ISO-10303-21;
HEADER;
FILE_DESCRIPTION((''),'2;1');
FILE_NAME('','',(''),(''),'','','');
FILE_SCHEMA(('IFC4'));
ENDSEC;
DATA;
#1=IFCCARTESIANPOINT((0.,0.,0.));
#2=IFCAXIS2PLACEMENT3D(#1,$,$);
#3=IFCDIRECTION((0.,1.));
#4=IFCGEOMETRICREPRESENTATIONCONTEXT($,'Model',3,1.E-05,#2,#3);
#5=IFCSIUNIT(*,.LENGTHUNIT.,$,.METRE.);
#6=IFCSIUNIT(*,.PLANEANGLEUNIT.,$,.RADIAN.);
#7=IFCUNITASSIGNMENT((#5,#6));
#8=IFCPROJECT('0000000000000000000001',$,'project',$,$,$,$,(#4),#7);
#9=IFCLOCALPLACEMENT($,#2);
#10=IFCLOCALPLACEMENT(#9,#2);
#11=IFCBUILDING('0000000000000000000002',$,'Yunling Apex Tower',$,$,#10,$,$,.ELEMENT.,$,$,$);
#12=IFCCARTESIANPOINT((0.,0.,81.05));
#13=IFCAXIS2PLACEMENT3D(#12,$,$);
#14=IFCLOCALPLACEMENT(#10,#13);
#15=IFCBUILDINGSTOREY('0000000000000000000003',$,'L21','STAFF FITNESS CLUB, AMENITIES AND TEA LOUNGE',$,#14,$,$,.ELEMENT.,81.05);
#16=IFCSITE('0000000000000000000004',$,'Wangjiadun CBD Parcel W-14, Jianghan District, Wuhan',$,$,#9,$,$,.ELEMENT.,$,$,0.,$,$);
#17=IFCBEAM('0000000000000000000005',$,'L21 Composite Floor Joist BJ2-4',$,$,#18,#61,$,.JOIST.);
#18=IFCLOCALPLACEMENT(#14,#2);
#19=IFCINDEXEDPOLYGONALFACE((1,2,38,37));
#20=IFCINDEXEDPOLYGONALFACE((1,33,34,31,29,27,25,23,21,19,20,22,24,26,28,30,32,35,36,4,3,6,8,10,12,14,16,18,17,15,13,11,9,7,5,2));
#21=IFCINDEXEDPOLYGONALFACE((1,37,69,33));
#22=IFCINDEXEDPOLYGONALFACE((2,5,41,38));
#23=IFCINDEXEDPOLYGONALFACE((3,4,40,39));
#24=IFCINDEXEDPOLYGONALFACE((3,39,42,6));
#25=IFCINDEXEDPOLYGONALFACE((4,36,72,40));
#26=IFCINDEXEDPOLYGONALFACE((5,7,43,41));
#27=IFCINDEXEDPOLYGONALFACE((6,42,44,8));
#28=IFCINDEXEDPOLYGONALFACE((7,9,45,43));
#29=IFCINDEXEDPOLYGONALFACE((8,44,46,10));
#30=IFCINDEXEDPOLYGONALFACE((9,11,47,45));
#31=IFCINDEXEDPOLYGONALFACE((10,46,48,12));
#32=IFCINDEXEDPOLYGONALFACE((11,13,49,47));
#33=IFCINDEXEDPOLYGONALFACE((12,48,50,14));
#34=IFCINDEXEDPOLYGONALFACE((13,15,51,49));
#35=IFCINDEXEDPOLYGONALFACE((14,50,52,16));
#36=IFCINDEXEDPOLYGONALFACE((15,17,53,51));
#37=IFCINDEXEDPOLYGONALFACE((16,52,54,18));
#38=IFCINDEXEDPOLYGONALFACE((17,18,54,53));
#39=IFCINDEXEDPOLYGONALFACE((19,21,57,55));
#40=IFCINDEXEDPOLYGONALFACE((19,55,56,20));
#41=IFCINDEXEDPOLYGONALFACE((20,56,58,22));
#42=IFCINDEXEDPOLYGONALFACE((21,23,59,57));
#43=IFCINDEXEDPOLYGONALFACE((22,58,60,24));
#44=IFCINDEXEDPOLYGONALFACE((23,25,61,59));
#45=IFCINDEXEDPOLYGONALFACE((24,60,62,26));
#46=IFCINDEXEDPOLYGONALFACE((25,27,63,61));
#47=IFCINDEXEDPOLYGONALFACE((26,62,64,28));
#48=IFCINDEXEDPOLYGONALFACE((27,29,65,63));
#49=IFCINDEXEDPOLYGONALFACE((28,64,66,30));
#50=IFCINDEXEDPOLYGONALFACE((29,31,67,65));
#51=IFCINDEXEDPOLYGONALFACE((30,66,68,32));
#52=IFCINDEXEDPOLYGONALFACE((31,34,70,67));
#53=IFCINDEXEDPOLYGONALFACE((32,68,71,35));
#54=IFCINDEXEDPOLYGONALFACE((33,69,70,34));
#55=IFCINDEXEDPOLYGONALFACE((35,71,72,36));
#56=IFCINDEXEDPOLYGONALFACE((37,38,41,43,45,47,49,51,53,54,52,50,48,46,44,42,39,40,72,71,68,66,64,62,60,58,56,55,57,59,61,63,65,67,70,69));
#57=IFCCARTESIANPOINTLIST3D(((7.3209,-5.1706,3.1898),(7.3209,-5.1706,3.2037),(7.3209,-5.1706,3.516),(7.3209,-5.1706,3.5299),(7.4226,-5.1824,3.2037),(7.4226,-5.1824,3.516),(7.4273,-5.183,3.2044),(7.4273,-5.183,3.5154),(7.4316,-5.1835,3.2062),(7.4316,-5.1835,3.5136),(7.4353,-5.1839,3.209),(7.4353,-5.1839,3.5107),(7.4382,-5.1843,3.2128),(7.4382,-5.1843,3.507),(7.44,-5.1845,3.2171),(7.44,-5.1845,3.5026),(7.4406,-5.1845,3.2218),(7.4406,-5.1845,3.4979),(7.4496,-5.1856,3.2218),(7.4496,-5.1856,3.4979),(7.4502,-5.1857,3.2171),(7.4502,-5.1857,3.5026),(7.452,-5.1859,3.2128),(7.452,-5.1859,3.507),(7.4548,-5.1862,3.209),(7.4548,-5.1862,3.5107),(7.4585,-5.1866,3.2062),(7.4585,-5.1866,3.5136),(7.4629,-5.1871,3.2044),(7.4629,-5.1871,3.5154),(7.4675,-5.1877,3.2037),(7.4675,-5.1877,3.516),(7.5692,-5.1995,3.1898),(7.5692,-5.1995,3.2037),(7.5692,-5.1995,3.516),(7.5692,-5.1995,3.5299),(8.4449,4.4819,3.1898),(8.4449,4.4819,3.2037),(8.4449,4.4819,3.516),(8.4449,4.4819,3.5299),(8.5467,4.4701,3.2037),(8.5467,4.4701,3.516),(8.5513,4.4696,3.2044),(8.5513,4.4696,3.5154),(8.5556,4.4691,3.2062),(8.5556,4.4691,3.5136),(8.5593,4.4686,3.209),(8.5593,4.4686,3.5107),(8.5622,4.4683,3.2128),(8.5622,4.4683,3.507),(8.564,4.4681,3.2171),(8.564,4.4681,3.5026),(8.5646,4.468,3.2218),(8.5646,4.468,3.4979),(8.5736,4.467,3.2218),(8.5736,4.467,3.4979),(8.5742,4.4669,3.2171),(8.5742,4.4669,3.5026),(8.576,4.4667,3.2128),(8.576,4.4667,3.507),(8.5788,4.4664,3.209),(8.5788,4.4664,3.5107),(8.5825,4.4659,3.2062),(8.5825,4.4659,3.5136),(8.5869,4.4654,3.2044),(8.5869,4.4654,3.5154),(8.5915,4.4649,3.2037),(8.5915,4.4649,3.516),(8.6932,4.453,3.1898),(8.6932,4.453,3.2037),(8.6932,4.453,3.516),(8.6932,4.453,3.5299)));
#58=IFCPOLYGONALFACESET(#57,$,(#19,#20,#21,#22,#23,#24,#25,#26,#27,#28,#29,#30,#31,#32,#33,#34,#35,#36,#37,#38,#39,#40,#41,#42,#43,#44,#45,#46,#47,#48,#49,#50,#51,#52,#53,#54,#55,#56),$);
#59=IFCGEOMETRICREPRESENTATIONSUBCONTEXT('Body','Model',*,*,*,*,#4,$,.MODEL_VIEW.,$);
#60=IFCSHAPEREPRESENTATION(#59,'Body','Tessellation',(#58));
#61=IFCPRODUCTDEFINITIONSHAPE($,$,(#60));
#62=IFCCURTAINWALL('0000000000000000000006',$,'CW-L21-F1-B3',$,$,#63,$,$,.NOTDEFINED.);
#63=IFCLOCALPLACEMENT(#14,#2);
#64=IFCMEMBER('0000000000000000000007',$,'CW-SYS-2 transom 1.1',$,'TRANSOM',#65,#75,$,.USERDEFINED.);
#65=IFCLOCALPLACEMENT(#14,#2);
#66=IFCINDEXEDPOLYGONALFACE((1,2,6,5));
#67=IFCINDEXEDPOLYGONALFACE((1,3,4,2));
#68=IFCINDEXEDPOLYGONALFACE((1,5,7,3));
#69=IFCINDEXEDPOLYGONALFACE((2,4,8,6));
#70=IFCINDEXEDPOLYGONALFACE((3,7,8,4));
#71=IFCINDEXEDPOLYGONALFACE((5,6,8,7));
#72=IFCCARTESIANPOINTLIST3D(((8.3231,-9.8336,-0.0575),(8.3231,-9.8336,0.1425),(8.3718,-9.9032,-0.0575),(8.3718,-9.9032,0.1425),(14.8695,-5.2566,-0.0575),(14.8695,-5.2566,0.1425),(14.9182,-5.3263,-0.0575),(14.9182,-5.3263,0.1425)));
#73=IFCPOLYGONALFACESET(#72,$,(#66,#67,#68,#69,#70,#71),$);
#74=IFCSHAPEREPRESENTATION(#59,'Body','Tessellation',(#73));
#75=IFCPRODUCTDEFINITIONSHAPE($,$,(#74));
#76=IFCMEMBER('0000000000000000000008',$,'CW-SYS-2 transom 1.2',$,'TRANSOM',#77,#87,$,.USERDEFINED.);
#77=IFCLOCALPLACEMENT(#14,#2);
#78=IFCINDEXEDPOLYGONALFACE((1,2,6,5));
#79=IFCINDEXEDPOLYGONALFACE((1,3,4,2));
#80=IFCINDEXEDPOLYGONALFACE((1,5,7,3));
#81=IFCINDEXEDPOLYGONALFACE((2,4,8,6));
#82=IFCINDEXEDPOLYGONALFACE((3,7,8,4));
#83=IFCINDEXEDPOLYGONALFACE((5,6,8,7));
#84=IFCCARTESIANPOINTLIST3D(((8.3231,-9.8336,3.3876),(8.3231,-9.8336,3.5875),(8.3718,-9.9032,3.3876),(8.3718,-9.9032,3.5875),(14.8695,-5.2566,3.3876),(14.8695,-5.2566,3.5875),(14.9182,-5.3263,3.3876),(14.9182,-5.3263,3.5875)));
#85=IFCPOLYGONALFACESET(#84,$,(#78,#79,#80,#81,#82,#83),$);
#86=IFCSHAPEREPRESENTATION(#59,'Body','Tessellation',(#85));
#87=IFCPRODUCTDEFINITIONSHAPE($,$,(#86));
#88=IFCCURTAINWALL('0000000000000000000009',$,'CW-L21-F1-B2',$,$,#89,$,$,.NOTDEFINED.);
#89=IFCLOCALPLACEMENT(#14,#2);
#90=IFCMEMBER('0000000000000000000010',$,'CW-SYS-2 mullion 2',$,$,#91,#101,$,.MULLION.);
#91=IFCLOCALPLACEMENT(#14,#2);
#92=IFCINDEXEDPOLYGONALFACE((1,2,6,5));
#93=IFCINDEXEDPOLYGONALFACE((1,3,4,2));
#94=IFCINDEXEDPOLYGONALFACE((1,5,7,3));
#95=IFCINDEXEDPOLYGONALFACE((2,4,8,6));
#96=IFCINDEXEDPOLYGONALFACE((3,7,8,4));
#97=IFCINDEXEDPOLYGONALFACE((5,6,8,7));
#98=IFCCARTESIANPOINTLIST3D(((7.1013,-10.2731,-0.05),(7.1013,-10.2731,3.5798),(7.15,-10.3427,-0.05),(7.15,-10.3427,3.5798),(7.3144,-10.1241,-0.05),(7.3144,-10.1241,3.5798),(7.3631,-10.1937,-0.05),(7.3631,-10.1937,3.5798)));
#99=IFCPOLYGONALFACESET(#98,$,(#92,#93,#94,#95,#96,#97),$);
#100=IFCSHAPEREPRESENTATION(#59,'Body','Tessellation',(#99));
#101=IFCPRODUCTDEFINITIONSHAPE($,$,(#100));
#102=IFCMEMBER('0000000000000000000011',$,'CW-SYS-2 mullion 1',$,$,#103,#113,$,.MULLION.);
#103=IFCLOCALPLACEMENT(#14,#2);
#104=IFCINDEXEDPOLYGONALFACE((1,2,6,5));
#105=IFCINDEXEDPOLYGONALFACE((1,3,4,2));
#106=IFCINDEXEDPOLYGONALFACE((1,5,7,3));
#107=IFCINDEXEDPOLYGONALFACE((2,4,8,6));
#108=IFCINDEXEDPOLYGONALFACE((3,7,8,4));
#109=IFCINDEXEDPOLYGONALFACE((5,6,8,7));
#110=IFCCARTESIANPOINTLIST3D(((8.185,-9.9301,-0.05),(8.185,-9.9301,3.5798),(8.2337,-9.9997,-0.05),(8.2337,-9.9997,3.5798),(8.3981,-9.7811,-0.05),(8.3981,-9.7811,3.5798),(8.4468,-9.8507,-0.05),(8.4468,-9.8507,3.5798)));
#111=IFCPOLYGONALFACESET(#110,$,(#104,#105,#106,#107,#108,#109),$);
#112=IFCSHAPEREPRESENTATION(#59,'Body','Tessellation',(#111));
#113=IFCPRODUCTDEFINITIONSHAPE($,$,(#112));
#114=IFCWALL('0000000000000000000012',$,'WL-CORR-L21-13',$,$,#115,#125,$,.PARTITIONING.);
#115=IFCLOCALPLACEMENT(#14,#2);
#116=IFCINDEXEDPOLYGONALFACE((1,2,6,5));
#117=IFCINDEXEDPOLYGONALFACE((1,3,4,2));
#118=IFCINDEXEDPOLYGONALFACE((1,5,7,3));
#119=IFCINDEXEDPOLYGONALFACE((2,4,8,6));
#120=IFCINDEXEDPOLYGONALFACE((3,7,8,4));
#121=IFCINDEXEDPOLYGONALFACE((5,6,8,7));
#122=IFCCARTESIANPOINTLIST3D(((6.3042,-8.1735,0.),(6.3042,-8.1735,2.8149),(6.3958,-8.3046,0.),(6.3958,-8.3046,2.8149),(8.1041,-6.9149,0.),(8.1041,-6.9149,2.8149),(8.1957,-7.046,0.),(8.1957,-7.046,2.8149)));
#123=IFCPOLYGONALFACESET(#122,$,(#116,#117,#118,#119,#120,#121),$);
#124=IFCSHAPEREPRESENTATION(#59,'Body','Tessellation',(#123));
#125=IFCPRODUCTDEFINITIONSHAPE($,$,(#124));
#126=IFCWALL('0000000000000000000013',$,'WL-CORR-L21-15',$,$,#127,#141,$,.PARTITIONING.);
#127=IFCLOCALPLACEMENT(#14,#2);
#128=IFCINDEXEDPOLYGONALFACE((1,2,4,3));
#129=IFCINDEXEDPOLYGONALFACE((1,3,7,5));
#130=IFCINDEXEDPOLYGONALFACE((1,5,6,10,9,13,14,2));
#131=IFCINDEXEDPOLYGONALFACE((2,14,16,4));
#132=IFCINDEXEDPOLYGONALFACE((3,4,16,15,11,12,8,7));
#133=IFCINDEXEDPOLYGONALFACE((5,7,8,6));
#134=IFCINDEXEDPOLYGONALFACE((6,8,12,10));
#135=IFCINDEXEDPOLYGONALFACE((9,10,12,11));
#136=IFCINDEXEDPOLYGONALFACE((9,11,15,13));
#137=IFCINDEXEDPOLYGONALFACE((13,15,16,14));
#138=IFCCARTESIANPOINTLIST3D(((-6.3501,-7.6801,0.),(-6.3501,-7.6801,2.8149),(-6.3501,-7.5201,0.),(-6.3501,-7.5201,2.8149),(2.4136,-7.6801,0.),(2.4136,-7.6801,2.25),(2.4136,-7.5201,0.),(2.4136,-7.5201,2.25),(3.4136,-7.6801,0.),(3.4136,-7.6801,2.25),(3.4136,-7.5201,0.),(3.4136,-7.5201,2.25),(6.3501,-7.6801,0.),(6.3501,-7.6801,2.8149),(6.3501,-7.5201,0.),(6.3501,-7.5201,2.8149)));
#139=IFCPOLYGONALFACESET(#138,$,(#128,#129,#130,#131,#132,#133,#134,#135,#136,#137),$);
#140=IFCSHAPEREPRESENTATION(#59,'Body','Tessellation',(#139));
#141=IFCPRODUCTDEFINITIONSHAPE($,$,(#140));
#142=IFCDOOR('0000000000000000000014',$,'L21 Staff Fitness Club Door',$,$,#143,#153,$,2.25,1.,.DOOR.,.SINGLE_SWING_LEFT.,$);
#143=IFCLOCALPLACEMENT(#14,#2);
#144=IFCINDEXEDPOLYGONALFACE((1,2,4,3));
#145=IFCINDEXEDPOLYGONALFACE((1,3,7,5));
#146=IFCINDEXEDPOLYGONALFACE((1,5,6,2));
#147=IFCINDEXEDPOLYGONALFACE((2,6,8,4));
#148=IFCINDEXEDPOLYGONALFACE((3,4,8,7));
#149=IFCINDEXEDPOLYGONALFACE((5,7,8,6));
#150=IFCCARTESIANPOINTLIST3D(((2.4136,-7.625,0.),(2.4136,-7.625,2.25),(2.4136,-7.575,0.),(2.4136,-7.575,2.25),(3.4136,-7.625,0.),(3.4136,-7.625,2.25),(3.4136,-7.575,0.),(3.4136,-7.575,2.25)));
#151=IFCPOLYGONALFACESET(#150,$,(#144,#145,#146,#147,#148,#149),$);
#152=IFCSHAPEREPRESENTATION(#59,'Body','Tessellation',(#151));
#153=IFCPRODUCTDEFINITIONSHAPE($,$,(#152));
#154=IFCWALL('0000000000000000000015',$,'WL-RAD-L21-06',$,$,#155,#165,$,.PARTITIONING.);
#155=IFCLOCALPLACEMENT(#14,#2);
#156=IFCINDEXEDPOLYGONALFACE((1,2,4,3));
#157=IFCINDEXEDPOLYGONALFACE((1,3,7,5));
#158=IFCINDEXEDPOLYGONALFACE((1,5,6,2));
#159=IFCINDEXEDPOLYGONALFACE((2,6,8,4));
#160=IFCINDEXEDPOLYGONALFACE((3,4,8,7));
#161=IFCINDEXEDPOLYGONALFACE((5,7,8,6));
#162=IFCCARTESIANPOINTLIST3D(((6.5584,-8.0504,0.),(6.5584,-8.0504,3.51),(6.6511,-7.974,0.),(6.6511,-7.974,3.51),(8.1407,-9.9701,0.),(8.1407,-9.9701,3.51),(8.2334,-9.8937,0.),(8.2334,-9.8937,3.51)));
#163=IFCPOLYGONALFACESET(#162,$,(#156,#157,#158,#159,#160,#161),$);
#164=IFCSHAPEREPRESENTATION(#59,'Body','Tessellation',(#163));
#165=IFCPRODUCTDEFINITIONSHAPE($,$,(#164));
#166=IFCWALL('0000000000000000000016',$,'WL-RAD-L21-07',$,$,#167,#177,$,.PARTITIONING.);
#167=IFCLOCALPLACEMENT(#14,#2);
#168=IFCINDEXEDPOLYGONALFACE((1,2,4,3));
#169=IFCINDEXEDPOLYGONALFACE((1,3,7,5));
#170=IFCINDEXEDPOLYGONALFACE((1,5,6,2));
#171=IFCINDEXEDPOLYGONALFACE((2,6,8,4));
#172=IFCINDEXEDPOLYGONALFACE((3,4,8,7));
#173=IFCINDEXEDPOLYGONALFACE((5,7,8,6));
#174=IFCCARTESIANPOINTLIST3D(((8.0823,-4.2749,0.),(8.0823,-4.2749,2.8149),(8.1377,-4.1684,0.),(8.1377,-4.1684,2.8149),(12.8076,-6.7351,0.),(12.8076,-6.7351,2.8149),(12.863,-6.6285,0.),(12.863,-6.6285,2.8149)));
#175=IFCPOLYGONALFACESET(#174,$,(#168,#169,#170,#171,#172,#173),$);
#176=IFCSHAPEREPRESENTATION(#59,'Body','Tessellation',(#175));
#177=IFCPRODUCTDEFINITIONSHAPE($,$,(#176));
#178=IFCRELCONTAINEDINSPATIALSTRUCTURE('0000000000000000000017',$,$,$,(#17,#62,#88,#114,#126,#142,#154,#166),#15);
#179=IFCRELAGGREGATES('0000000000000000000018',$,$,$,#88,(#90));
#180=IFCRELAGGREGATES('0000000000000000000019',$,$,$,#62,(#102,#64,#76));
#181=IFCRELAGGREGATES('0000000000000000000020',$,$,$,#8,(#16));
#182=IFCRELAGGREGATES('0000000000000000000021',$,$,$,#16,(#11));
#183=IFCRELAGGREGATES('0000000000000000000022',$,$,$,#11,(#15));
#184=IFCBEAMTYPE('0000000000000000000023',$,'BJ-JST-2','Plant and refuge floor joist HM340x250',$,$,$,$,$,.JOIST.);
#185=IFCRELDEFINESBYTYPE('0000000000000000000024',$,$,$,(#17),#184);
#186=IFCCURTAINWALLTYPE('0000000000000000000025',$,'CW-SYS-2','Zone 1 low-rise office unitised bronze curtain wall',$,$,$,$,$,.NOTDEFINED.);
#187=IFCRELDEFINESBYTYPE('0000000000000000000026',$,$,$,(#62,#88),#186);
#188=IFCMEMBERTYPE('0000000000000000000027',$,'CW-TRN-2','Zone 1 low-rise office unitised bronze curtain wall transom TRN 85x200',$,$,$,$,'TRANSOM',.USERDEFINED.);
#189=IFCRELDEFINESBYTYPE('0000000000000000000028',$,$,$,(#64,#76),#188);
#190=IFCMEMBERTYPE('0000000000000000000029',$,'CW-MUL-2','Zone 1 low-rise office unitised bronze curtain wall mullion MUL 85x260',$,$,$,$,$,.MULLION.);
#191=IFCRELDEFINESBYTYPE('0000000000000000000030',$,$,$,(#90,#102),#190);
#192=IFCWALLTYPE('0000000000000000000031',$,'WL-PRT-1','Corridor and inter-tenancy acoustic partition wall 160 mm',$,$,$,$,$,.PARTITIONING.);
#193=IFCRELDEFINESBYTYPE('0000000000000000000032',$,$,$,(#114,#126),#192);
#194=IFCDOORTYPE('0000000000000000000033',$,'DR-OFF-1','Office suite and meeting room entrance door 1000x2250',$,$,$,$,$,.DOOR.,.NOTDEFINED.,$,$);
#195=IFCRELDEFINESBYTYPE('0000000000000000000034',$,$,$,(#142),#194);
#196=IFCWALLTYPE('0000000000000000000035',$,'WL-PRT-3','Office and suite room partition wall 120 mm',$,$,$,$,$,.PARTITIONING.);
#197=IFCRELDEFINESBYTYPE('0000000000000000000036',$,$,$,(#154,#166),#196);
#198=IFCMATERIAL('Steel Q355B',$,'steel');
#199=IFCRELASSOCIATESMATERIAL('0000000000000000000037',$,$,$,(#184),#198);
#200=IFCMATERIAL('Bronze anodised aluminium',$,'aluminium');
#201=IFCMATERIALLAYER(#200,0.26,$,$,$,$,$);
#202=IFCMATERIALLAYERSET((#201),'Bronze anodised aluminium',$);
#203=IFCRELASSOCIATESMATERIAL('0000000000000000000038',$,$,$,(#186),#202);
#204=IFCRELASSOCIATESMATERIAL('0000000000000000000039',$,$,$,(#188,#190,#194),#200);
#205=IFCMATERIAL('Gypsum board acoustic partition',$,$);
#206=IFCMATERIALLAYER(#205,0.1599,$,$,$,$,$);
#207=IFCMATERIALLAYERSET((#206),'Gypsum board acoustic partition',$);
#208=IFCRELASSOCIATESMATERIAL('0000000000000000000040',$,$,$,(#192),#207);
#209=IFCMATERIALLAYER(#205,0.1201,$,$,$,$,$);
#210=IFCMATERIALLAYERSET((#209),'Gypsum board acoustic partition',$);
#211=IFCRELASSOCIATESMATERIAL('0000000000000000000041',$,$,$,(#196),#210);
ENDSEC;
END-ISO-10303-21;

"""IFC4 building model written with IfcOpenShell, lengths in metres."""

from ifc_helpers import new_model, si_unit, direction, frame, frame_2d, origin, origin_2d, place, context, subcontext, project, spatial, rectangle, i_section, extrude, source, transform, mapped, material, layer, layer_set, material_profile, profile_set, type_object, element, fill, aggregate, save


model = new_model("IFC4")

# Units and contexts
model_context = context("Model", 3, precision=1e-05, world=origin(), true_north=direction((0.0, 1.0)))
body_context = subcontext(model_context, "Body", "Model", "MODEL_VIEW")
ifc_project = project(units=[si_unit("LENGTHUNIT", "METRE"), si_unit("PLANEANGLEUNIT", "RADIAN")], contexts=[model_context])

# Site, building, storey
site_placement = place(None, origin())
site = spatial("IfcSite", under=ifc_project, at=site_placement, Name="Wangjiadun CBD Parcel W-14, Jianghan District, Wuhan", CompositionType="ELEMENT", RefElevation=0.0)
building_placement = place(site_placement, origin())
building = spatial("IfcBuilding", under=site, at=building_placement, Name="Yunling Apex Tower", CompositionType="ELEMENT")
storey_placement = place(building_placement, frame((0.0, 0.0, 81.05)))
storey = spatial("IfcBuildingStorey", under=building, at=storey_placement, Name="L21", Description="STAFF FITNESS CLUB, AMENITIES AND TEA LOUNGE", CompositionType="ELEMENT", Elevation=81.05)

# Beam
ifc_material_1 = material(Name="Steel Q355B", Category="steel")
ifc_material_profile_1 = material_profile(ifc_material_1, i_section(OverallWidth=0.25, OverallDepth=0.3401, WebThickness=0.009, FlangeThickness=0.0139, FilletRadius=0.0181, at=origin_2d()))
ifc_profile_set_1 = profile_set([ifc_material_profile_1], Name="Steel Q355B")
beam_type_1 = type_object("IfcBeamType", Name="BJ-JST-2", Description="Plant and refuge floor joist HM340x250", PredefinedType="JOIST", material=ifc_profile_set_1)
shared_shape_1 = source(origin(), body_context, "Body", "SweptSolid", [
    extrude(i_section(OverallWidth=0.25, OverallDepth=0.3401, WebThickness=0.009, FlangeThickness=0.0139, FilletRadius=0.0181, at=origin_2d()), origin(), (0.0, 0.0, 1.0), 9.7178),
])
beam_1_placement = place(storey_placement, frame((7.4451, -5.1851, 3.3599), z_axis=(0.115666, 0.993288, 0.0), x_axis=(-0.993288, 0.115666, 0.0)))
element("IfcBeam", 1, at=beam_1_placement, inside=storey, type_object=beam_type_1, Name="L21 Composite Floor Joist BJ2-4", PredefinedType="JOIST", context=body_context, shape_type="MappedRepresentation", body=[
    mapped(shared_shape_1, transform((0.0, 0.0, 0.0), scale=1.0)),
])

# Curtain wall, members
ifc_material_2 = material(Name="Bronze anodised aluminium", Category="aluminium")
ifc_layer_1 = layer(ifc_material_2, 0.26)
ifc_layer_set_1 = layer_set([ifc_layer_1], Name="Bronze anodised aluminium")
curtain_wall_type = type_object("IfcCurtainWallType", Name="CW-SYS-2", Description="Zone 1 low-rise office unitised bronze curtain wall", PredefinedType="NOTDEFINED", material=ifc_layer_set_1)
curtain_wall_1_placement = place(storey_placement, origin())
curtain_wall_1 = element("IfcCurtainWall", 2, at=curtain_wall_1_placement, inside=storey, type_object=curtain_wall_type, Name="CW-L21-F1-B3", PredefinedType="NOTDEFINED")
ifc_material_profile_2 = material_profile(ifc_material_2, rectangle(XDim=0.085, YDim=0.2, at=origin_2d()))
ifc_profile_set_2 = profile_set([ifc_material_profile_2], Name="Bronze anodised aluminium")
member_type_1 = type_object("IfcMemberType", Name="CW-TRN-2", Description="Zone 1 low-rise office unitised bronze curtain wall transom TRN 85x200", ElementType="TRANSOM", PredefinedType="USERDEFINED", material=ifc_profile_set_2)
shared_shape_2 = source(origin(), body_context, "Body", "SweptSolid", [
    extrude(rectangle(XDim=0.085, YDim=0.2, at=origin_2d()), origin(), (0.0, 0.0, 1.0), 7.9878),
])
member_1_placement = place(storey_placement, frame((8.3474, -9.8684, 0.0425), z_axis=(0.819559, 0.572995, 0.0), x_axis=(-0.572995, 0.819559, 0.0)))
member_1 = element("IfcMember", 3, at=member_1_placement, type_object=member_type_1, Name="CW-SYS-2 transom 1.1", ObjectType="TRANSOM", PredefinedType="USERDEFINED", context=body_context, shape_type="MappedRepresentation", body=[
    mapped(shared_shape_2, transform((0.0, 0.0, 0.0), scale=1.0)),
])
member_2_placement = place(storey_placement, frame((8.3474, -9.8684, 3.4875), z_axis=(0.819559, 0.572995, 0.0), x_axis=(-0.572995, 0.819559, 0.0)))
member_2 = element("IfcMember", 4, at=member_2_placement, type_object=member_type_1, Name="CW-SYS-2 transom 1.2", ObjectType="TRANSOM", PredefinedType="USERDEFINED", context=body_context, shape_type="MappedRepresentation", body=[
    mapped(shared_shape_2, transform((0.0, 0.0, 0.0), scale=1.0)),
])

# Curtain wall, member
curtain_wall_2_placement = place(storey_placement, origin())
curtain_wall_2 = element("IfcCurtainWall", 5, at=curtain_wall_2_placement, inside=storey, type_object=curtain_wall_type, Name="CW-L21-F1-B2", PredefinedType="NOTDEFINED")
ifc_material_profile_3 = material_profile(ifc_material_2, rectangle(XDim=0.085, YDim=0.26, at=origin_2d()))
ifc_profile_set_3 = profile_set([ifc_material_profile_3], Name="Bronze anodised aluminium")
member_type_2 = type_object("IfcMemberType", Name="CW-MUL-2", Description="Zone 1 low-rise office unitised bronze curtain wall mullion MUL 85x260", PredefinedType="MULLION", material=ifc_profile_set_3)
shared_shape_3 = source(origin(), body_context, "Body", "SweptSolid", [
    extrude(rectangle(XDim=0.085, YDim=0.26, at=origin_2d()), origin(), (0.0, 0.0, 1.0), 3.6299),
])
member_3_placement = place(storey_placement, frame((7.2322, -10.2334, -0.05), z_axis=(0.0, 0.0, 1.0), x_axis=(-0.573003, 0.819553, 0.0)))
member_3 = element("IfcMember", 6, at=member_3_placement, type_object=member_type_2, Name="CW-SYS-2 mullion 2", PredefinedType="MULLION", context=body_context, shape_type="MappedRepresentation", body=[
    mapped(shared_shape_3, transform((0.0, 0.0, 0.0), scale=1.0)),
])
aggregate(curtain_wall_2, [member_3])

# Member
member_4_placement = place(storey_placement, frame((8.3159, -9.8904, -0.05), z_axis=(0.0, 0.0, 1.0), x_axis=(-0.572996, 0.819558, 0.0)))
member_4 = element("IfcMember", 7, at=member_4_placement, type_object=member_type_2, Name="CW-SYS-2 mullion 1", PredefinedType="MULLION", context=body_context, shape_type="MappedRepresentation", body=[
    mapped(shared_shape_3, transform((0.0, 0.0, 0.0), scale=1.0)),
])
aggregate(curtain_wall_1, [member_4, member_1, member_2])

# Wall
ifc_material_3 = material(Name="Gypsum board acoustic partition")
ifc_layer_2 = layer(ifc_material_3, 0.1599)
ifc_layer_set_2 = layer_set([ifc_layer_2], Name="Gypsum board acoustic partition")
wall_type_1 = type_object("IfcWallType", Name="WL-PRT-1", Description="Corridor and inter-tenancy acoustic partition wall 160 mm", PredefinedType="PARTITIONING", material=ifc_layer_set_2)
wall_1_placement = place(storey_placement, frame((8.1499, -6.9805, 0.0), z_axis=(0.0, 0.0, 1.0), x_axis=(-0.819514, -0.573059, 0.0)))
element("IfcWall", 8, at=wall_1_placement, inside=storey, type_object=wall_type_1, Name="WL-CORR-L21-13", PredefinedType="PARTITIONING", context=body_context, shape_type="SweptSolid", body=[
    extrude(rectangle(XDim=2.1963, YDim=0.1599, at=frame_2d((1.0981, 0.0))), origin(), (0.0, 0.0, 1.0), 2.8149),
])

# Wall, opening, door
wall_2_placement = place(storey_placement, frame((6.3501, -7.6001, 0.0), z_axis=(0.0, 0.0, 1.0), x_axis=(-1.0, 0.0, 0.0)))
wall_2 = element("IfcWall", 9, at=wall_2_placement, inside=storey, type_object=wall_type_1, Name="WL-CORR-L21-15", PredefinedType="PARTITIONING", context=body_context, shape_type="SweptSolid", body=[
    extrude(rectangle(XDim=12.7002, YDim=0.1599, at=frame_2d((6.3501, 0.0))), origin(), (0.0, 0.0, 1.0), 2.8149),
])
opening_1_placement = place(wall_2_placement, frame((2.9365, 0.0, 0.0)))
opening_1 = element("IfcOpeningElement", 10, at=opening_1_placement, cuts=wall_2, PredefinedType="OPENING", context=body_context, shape_type="SweptSolid", body=[
    extrude(rectangle(XDim=1.0, YDim=2.25, at=frame_2d((0.5, 1.125))), frame((0.0, 0.0898, 0.0), z_axis=(0.0, -1.0, 0.0), x_axis=(1.0, 0.0, 0.0)), (0.0, 0.0, 1.0), 0.1799),
])
door_type_1 = type_object("IfcDoorType", Name="DR-OFF-1", Description="Office suite and meeting room entrance door 1000x2250", OperationType="NOTDEFINED", PredefinedType="DOOR", material=ifc_material_2)
door_1_placement = place(opening_1_placement, origin())
door_1 = element("IfcDoor", 11, at=door_1_placement, inside=storey, type_object=door_type_1, Name="L21 Staff Fitness Club Door", OperationType="SINGLE_SWING_LEFT", OverallHeight=2.25, OverallWidth=1.0, PredefinedType="DOOR", context=body_context, shape_type="SweptSolid", body=[
    extrude(rectangle(XDim=1.0, YDim=2.25, at=frame_2d((0.5, 1.125))), frame((0.0, 0.0249, 0.0), z_axis=(0.0, -1.0, 0.0), x_axis=(1.0, 0.0, 0.0)), (0.0, 0.0, 1.0), 0.05),
])
fill(opening_1, door_1)

# Walls
ifc_layer_3 = layer(ifc_material_3, 0.1201)
ifc_layer_set_3 = layer_set([ifc_layer_3], Name="Gypsum board acoustic partition")
wall_type_2 = type_object("IfcWallType", Name="WL-PRT-3", Description="Office and suite room partition wall 120 mm", PredefinedType="PARTITIONING", material=ifc_layer_set_3)
wall_3_placement = place(storey_placement, frame((6.6047, -8.0122, 0.0), z_axis=(0.0, 0.0, 1.0), x_axis=(0.636034, -0.771661, 0.0)))
element("IfcWall", 12, at=wall_3_placement, inside=storey, type_object=wall_type_2, Name="WL-RAD-L21-06", PredefinedType="PARTITIONING", context=body_context, shape_type="SweptSolid", body=[
    extrude(rectangle(XDim=2.4878, YDim=0.1201, at=frame_2d((1.2439, 0.0))), origin(), (0.0, 0.0, 1.0), 3.51),
])
wall_4_placement = place(storey_placement, frame((8.1101, -4.2217, 0.0), z_axis=(0.0, 0.0, 1.0), x_axis=(0.886984, -0.4618, 0.0)))
element("IfcWall", 13, at=wall_4_placement, inside=storey, type_object=wall_type_2, Name="WL-RAD-L21-07", PredefinedType="PARTITIONING", context=body_context, shape_type="SweptSolid", body=[
    extrude(rectangle(XDim=5.3274, YDim=0.1201, at=frame_2d((2.6636, 0.0))), origin(), (0.0, 0.0, 1.0), 2.8149),
])

save(model, "model.ifc")
